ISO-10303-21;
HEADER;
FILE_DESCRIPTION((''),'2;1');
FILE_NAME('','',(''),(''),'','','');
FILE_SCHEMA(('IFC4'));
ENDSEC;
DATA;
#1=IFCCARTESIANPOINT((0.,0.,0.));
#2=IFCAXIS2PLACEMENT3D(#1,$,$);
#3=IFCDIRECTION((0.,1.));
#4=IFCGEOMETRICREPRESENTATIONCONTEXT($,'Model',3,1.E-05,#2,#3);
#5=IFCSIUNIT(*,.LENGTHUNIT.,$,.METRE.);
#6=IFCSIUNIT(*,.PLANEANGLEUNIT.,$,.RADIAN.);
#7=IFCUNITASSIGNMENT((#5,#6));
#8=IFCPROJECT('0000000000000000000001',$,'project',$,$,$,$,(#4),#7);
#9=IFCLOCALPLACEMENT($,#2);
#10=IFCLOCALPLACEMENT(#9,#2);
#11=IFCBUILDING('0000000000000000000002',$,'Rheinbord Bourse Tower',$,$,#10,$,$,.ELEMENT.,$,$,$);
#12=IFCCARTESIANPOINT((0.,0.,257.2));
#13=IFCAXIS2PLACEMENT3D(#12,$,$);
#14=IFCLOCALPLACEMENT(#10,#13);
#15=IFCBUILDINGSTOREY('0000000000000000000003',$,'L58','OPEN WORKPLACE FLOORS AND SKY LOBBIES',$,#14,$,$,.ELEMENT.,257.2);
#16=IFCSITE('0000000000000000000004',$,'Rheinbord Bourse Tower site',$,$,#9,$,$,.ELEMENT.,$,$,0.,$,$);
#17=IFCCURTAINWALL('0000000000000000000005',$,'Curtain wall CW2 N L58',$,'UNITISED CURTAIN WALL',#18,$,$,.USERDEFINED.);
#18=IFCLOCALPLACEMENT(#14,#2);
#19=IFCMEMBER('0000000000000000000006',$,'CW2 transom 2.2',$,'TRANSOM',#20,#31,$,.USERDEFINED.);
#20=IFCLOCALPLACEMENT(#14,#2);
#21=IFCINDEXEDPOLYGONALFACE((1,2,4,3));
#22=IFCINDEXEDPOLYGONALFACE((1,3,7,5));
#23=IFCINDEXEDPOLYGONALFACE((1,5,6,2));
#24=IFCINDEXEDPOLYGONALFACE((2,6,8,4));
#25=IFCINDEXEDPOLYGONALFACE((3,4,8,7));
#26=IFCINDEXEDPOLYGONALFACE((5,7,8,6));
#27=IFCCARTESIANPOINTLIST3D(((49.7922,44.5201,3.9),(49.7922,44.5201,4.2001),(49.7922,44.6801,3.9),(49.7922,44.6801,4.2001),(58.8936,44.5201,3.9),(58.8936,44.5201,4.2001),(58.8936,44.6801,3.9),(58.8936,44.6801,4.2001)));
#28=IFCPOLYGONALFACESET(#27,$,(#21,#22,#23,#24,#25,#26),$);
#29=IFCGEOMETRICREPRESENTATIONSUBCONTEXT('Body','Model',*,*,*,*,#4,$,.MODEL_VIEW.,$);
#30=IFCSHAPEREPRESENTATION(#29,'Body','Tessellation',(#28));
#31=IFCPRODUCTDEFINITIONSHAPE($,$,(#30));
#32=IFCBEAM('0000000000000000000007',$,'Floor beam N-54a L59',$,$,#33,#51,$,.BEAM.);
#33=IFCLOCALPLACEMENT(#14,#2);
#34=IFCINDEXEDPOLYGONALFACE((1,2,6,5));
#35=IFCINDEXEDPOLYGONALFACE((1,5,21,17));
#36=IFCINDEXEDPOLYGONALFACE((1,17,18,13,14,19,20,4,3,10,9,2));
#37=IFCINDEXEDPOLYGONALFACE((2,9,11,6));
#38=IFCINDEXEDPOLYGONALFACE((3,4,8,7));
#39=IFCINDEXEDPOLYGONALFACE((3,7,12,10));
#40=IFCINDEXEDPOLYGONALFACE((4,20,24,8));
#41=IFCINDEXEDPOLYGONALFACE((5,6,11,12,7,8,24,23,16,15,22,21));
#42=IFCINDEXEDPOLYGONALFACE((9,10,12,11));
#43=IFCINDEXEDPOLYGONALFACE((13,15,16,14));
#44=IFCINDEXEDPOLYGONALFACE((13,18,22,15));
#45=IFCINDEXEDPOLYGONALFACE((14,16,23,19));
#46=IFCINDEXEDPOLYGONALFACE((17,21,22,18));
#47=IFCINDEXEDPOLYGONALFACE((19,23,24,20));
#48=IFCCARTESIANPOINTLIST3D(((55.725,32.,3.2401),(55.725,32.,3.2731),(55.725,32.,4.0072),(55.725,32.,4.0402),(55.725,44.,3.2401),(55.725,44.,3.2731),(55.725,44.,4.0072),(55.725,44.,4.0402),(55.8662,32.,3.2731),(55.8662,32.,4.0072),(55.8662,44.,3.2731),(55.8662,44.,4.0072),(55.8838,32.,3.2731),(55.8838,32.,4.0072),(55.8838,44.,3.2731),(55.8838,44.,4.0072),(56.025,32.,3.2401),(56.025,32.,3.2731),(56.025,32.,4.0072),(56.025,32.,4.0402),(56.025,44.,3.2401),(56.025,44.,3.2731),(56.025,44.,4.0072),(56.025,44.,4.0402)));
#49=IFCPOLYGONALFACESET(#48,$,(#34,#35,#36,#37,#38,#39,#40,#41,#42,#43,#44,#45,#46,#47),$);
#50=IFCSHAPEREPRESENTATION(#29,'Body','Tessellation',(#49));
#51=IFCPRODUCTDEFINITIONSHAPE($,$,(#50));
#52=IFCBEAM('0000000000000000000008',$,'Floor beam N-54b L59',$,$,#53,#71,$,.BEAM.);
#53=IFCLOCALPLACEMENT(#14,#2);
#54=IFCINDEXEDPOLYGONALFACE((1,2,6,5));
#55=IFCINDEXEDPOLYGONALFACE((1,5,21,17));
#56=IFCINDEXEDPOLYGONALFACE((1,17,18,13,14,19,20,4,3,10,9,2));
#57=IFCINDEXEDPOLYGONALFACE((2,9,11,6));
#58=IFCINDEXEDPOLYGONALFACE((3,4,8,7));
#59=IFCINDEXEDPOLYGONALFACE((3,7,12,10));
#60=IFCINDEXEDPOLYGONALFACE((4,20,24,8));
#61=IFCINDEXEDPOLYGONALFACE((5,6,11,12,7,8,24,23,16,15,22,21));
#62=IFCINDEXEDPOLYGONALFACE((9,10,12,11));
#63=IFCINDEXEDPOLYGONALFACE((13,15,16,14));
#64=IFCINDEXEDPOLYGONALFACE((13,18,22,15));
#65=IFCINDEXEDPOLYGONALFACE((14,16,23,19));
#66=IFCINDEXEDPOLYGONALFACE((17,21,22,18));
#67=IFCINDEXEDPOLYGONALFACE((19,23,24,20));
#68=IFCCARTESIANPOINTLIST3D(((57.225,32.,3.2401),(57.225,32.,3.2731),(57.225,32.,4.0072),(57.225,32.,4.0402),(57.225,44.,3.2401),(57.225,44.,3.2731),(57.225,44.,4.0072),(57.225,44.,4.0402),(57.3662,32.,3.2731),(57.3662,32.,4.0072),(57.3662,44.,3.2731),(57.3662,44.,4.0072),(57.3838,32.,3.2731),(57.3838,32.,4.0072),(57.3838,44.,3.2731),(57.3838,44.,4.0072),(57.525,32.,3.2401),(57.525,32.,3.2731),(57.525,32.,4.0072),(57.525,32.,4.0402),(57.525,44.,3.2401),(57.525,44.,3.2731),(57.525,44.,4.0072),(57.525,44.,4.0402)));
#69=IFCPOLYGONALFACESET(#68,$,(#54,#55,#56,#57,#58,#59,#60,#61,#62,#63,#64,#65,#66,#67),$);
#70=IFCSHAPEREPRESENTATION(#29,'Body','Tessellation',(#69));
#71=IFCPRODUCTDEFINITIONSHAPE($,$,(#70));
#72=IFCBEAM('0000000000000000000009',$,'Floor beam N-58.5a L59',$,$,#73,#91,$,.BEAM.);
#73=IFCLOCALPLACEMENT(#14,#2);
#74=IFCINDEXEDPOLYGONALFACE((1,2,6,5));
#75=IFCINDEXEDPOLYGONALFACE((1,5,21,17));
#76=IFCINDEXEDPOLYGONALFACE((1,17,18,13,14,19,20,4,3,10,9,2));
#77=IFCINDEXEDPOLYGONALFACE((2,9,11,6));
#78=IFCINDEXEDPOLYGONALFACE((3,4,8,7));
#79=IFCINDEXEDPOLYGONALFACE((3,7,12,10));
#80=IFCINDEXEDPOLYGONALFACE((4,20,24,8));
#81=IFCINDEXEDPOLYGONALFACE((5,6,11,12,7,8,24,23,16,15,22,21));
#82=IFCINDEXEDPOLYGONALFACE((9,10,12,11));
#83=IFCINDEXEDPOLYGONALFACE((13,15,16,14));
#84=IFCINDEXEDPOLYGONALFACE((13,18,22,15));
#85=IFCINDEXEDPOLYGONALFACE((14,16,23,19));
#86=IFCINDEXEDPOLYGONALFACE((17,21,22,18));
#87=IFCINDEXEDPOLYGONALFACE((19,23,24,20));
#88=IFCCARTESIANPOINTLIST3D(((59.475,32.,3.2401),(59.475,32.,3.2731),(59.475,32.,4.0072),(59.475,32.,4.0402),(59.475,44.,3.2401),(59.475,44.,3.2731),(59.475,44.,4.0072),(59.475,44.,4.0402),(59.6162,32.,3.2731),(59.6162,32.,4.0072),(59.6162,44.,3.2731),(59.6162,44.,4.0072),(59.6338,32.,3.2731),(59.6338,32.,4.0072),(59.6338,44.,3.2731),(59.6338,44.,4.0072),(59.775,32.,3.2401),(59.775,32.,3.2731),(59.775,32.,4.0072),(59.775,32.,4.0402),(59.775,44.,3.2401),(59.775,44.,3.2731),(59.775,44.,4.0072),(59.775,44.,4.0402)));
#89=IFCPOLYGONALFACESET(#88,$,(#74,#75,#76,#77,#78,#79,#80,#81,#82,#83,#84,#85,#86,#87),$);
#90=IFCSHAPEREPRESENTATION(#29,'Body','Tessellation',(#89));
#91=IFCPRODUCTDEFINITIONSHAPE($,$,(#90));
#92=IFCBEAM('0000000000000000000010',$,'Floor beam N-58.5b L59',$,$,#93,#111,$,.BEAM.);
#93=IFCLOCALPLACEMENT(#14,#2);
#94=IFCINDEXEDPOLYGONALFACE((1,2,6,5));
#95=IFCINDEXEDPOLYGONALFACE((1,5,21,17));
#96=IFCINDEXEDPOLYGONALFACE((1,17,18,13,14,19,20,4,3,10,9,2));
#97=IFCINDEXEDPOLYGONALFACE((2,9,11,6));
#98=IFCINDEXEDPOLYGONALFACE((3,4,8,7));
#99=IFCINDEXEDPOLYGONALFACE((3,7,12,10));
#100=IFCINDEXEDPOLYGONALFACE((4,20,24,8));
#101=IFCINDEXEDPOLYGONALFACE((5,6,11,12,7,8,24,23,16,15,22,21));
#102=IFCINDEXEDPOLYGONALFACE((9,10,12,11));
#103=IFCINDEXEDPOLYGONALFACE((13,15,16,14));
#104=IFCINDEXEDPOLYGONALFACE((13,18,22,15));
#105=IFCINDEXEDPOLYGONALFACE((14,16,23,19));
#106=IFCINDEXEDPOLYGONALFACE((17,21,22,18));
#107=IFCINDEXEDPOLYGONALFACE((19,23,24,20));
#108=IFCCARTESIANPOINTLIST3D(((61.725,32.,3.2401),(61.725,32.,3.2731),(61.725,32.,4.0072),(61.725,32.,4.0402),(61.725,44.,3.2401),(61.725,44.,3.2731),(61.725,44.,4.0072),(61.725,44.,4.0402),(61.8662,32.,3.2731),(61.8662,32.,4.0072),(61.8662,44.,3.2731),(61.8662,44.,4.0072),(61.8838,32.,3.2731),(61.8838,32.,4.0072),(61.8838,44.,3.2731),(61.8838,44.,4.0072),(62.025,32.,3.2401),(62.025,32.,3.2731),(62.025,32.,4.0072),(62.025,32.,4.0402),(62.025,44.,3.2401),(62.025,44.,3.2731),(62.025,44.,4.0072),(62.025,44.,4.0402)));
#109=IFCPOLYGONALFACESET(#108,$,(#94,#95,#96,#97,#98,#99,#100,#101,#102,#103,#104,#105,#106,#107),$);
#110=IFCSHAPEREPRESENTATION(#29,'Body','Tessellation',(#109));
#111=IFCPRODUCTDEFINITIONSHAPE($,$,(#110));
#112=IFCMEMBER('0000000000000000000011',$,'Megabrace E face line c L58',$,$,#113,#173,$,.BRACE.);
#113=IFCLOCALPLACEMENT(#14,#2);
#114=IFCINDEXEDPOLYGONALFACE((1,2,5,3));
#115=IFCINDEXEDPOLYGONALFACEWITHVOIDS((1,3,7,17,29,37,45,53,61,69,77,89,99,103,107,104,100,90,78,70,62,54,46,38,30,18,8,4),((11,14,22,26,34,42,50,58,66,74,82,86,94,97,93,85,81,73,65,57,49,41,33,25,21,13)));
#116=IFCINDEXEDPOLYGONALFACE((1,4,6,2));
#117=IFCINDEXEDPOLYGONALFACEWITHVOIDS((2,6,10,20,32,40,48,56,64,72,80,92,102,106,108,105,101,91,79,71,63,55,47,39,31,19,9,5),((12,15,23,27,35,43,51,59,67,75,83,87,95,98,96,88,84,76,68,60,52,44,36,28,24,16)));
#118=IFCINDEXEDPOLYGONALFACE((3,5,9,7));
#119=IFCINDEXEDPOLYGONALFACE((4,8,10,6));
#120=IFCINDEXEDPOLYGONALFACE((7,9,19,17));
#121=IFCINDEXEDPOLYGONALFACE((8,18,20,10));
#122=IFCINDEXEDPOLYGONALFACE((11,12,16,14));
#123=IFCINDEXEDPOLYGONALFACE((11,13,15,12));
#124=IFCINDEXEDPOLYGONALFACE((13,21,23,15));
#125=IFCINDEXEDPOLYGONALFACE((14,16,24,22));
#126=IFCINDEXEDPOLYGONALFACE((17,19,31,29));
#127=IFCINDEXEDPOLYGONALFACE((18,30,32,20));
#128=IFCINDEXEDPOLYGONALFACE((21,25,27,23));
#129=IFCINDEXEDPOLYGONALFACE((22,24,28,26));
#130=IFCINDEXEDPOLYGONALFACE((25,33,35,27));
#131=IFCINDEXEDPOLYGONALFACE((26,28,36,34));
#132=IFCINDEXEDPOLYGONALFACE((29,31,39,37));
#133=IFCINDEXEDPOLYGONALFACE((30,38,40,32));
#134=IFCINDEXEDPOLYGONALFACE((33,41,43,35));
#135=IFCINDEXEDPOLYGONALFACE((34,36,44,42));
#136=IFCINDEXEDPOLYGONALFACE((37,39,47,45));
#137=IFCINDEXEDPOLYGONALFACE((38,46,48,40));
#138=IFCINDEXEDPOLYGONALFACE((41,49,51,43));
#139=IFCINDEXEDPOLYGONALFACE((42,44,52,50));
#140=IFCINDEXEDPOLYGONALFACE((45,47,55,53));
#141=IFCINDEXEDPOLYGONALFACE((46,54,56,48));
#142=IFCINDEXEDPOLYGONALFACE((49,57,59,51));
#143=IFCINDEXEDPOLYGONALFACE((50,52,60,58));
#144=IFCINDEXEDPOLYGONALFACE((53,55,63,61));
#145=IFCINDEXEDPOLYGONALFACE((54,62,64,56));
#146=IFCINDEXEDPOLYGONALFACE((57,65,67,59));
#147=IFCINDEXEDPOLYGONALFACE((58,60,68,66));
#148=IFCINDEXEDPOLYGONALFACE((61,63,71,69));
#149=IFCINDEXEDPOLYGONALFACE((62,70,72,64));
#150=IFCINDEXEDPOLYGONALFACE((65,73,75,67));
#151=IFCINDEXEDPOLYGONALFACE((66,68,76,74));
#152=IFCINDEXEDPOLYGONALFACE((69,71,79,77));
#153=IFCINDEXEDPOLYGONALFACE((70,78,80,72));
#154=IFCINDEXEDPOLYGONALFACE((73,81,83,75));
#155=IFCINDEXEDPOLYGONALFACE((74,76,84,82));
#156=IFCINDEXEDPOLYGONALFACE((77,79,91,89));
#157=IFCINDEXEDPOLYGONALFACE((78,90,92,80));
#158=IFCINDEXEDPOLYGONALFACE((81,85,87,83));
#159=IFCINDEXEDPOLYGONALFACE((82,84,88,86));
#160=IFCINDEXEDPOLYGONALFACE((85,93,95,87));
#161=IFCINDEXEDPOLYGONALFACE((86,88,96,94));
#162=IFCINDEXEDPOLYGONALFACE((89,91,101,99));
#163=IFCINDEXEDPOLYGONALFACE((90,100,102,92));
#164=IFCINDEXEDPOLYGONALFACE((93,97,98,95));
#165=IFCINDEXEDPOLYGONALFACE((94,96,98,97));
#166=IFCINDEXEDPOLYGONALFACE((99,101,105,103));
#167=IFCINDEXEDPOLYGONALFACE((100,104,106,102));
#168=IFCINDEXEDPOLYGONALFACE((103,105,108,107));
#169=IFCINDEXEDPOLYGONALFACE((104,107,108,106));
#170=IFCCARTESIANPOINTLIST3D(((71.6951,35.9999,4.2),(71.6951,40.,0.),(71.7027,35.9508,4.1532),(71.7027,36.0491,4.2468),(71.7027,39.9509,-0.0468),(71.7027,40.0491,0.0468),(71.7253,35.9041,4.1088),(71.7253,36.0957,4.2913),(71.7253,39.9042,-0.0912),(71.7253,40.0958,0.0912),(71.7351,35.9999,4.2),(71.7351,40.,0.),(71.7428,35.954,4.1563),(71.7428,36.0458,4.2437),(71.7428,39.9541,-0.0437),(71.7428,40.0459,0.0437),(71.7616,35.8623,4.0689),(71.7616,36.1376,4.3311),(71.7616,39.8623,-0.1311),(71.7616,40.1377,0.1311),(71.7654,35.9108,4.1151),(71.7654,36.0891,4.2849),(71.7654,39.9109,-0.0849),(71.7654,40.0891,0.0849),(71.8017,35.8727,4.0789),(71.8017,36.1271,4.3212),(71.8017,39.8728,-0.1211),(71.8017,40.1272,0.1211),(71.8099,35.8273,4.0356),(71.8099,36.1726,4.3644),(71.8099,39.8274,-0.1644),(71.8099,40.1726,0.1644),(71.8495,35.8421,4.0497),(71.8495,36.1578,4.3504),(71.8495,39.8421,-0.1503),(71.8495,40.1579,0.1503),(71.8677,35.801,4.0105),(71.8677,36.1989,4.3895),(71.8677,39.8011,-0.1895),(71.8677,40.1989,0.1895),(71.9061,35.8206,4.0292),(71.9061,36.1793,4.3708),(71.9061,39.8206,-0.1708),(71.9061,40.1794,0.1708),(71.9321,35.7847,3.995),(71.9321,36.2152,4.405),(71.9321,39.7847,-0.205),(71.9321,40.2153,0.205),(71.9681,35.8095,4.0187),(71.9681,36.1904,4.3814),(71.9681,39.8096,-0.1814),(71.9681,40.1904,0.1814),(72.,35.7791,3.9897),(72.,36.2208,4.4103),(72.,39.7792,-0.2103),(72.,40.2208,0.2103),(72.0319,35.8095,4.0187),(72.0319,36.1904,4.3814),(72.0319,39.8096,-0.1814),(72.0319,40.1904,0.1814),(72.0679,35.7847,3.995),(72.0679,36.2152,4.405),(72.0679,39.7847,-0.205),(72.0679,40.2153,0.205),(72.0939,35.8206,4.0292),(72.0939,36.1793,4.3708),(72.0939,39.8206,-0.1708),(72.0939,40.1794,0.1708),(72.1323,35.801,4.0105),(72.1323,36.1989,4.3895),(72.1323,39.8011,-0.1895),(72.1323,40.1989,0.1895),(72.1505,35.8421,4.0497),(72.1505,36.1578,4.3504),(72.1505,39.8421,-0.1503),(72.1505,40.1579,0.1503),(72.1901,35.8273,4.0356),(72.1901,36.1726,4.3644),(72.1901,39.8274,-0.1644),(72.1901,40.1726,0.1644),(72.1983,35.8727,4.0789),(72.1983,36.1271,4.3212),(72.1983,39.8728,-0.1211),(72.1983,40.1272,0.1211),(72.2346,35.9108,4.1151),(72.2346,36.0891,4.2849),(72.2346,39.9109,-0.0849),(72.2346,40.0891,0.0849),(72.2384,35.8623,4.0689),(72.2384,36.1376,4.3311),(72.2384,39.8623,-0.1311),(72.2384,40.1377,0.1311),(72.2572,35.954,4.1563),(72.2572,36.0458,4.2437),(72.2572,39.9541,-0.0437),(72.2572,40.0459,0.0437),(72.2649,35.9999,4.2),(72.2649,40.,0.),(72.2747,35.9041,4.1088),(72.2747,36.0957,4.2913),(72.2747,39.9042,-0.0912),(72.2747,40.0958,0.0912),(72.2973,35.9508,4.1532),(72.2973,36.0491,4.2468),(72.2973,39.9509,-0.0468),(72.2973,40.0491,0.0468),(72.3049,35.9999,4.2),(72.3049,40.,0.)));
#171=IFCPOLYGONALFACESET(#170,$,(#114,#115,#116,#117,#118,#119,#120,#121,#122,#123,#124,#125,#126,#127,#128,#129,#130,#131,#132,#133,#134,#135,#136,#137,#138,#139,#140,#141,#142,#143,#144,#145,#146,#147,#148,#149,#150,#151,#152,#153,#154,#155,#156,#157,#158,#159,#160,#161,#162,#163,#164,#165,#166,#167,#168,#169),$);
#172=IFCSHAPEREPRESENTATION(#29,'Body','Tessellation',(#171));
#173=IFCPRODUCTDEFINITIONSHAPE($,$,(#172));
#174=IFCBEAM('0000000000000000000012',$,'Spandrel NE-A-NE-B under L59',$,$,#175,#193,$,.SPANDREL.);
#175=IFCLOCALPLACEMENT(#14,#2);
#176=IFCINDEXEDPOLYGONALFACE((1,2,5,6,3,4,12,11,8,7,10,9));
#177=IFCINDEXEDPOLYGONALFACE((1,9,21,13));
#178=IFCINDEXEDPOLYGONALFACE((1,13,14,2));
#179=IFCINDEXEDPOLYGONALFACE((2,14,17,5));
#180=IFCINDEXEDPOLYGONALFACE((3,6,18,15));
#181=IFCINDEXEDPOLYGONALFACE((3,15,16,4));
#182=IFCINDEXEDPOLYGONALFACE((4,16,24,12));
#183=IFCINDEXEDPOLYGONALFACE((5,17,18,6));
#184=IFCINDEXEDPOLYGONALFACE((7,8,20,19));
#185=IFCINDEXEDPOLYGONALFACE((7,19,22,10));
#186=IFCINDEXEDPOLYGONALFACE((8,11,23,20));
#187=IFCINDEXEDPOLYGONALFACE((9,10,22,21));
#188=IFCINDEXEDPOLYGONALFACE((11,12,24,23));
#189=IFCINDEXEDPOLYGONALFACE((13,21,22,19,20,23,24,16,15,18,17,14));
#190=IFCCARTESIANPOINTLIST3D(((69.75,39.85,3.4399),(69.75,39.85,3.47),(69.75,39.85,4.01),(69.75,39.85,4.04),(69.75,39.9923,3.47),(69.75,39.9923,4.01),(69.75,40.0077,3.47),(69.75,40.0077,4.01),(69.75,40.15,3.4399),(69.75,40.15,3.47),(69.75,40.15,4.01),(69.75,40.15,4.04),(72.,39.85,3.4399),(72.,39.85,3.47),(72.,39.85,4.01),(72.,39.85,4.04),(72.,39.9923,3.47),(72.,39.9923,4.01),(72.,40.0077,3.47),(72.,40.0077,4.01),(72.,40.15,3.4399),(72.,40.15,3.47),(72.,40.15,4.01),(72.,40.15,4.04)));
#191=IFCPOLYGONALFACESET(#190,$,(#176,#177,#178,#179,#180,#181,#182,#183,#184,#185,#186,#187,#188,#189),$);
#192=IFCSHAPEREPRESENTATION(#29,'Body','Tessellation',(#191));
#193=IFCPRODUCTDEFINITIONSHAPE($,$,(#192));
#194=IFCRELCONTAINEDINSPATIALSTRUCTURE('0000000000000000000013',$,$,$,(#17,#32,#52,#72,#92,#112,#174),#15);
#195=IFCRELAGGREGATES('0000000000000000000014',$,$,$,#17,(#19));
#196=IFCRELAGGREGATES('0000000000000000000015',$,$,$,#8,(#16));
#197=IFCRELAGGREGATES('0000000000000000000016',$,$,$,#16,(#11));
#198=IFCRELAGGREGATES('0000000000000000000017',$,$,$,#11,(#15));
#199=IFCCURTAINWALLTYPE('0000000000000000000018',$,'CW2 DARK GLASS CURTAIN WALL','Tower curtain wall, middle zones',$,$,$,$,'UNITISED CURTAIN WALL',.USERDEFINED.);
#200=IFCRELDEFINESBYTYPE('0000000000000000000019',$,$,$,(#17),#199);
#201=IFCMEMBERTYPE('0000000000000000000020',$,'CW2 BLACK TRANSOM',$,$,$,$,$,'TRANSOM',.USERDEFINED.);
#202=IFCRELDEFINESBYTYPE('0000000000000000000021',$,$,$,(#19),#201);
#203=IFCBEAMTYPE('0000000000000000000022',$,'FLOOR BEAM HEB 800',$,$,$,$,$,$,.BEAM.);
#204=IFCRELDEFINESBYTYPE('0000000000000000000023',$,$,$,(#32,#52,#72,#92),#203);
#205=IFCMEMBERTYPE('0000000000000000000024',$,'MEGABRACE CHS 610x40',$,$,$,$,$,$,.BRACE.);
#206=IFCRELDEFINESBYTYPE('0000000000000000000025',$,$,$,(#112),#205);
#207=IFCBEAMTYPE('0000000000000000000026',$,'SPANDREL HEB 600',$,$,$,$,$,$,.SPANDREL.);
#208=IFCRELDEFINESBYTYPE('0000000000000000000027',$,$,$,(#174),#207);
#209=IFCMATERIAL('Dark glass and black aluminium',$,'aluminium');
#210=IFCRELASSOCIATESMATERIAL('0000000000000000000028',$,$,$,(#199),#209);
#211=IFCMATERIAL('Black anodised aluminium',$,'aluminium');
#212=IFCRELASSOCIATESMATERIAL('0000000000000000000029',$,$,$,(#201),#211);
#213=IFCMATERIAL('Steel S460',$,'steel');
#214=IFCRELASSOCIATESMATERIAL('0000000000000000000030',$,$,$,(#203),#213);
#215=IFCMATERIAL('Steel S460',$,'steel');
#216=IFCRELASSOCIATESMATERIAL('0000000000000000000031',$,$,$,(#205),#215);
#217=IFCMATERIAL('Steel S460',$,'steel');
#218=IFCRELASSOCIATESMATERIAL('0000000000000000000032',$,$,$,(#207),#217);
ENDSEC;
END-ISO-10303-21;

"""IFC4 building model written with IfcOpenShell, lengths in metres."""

from ifc_helpers import new_model, si_unit, direction, frame, origin, origin_2d, place, context, subcontext, project, spatial, rectangle, hollow_circle, i_section, extrude, material, material_profile, profile_set, type_object, element, aggregate, save


model = new_model("IFC4")

# Units and contexts
model_context = context("Model", 3, precision=1e-05, world=origin(), true_north=direction((0.0, 1.0)))
body_context = subcontext(model_context, "Body", "Model", "MODEL_VIEW")
ifc_project = project(units=[si_unit("LENGTHUNIT", "METRE"), si_unit("PLANEANGLEUNIT", "RADIAN")], contexts=[model_context])

# Site, building, storey
site_placement = place(None, origin())
site = spatial("IfcSite", under=ifc_project, at=site_placement, Name="Rheinbord Bourse Tower site", CompositionType="ELEMENT", RefElevation=0.0)
building_placement = place(site_placement, origin())
building = spatial("IfcBuilding", under=site, at=building_placement, Name="Rheinbord Bourse Tower", CompositionType="ELEMENT")
storey_placement = place(building_placement, frame((0.0, 0.0, 257.2)))
storey = spatial("IfcBuildingStorey", under=building, at=storey_placement, Name="L58", Description="OPEN WORKPLACE FLOORS AND SKY LOBBIES", CompositionType="ELEMENT", Elevation=257.2)

# Curtain wall
ifc_material_1 = material(Name="Dark glass and black aluminium", Category="aluminium")
curtain_wall_type = type_object("IfcCurtainWallType", Name="CW2 DARK GLASS CURTAIN WALL", Description="Tower curtain wall, middle zones", ElementType="UNITISED CURTAIN WALL", PredefinedType="USERDEFINED", material=ifc_material_1)
curtain_wall_1_placement = place(storey_placement, origin())
curtain_wall_1 = element("IfcCurtainWall", 1, at=curtain_wall_1_placement, inside=storey, type_object=curtain_wall_type, Name="Curtain wall CW2 N L58", ObjectType="UNITISED CURTAIN WALL", PredefinedType="USERDEFINED")

# Member
ifc_material_2 = material(Name="Black anodised aluminium", Category="aluminium")
ifc_material_profile_1 = material_profile(ifc_material_2, rectangle(XDim=0.1599, YDim=0.3, at=origin_2d()), Name="CW2 TRANSOM 300x160")
ifc_profile_set_1 = profile_set([ifc_material_profile_1], Name="Black anodised aluminium")
member_type_1 = type_object("IfcMemberType", Name="CW2 BLACK TRANSOM", ElementType="TRANSOM", PredefinedType="USERDEFINED", material=ifc_profile_set_1)
member_1_placement = place(storey_placement, frame((58.8936, 44.6001, 4.05), z_axis=(-1.0, 0.0, 0.0), x_axis=(0.0, -1.0, 0.0)))
member_1 = element("IfcMember", 2, at=member_1_placement, type_object=member_type_1, Name="CW2 transom 2.2", ObjectType="TRANSOM", PredefinedType="USERDEFINED", context=body_context, shape_type="SweptSolid", body=[
    extrude(rectangle(XDim=0.1599, YDim=0.3, at=origin_2d()), origin(), (0.0, 0.0, 1.0), 9.1013),
])

# Beams
ifc_material_3 = material(Name="Steel S460", Category="steel")
ifc_material_profile_2 = material_profile(ifc_material_3, i_section(OverallWidth=0.3, OverallDepth=0.8, WebThickness=0.0176, FlangeThickness=0.033, at=origin_2d()), Name="HEB 800")
ifc_profile_set_2 = profile_set([ifc_material_profile_2], Name="Steel S460")
beam_type_1 = type_object("IfcBeamType", Name="FLOOR BEAM HEB 800", PredefinedType="BEAM", material=ifc_profile_set_2)
for number, where, z_axis, x_axis, name in (
    (3, (55.875, 44.0, 3.6401), (0.0, -1.0, 0.0), (1.0, 0.0, 0.0), "Floor beam N-54a L59"),
    (4, (57.375, 44.0, 3.6401), (0.0, -1.0, 0.0), (1.0, 0.0, 0.0), "Floor beam N-54b L59"),
    (5, (59.625, 44.0, 3.6401), (0.0, -1.0, 0.0), (1.0, 0.0, 0.0), "Floor beam N-58.5a L59"),
    (6, (61.875, 44.0, 3.6401), (0.0, -1.0, 0.0), (1.0, 0.0, 0.0), "Floor beam N-58.5b L59"),
):
    element("IfcBeam", number, at=place(storey_placement, frame(where, z_axis=z_axis, x_axis=x_axis)), inside=storey, type_object=beam_type_1, Name=name, PredefinedType="BEAM", context=body_context, shape_type="SweptSolid", body=[
        extrude(i_section(OverallWidth=0.3, OverallDepth=0.8, WebThickness=0.0176, FlangeThickness=0.033, at=origin_2d()), origin(), (0.0, 0.0, 1.0), 12.0),
    ])

# Member
ifc_material_4 = material(Name="Steel S460", Category="steel")
ifc_material_profile_3 = material_profile(ifc_material_4, hollow_circle(Radius=0.3049, WallThickness=0.04, at=origin_2d()), Name="CHS 610x40")
ifc_profile_set_3 = profile_set([ifc_material_profile_3], Name="Steel S460")
member_type_2 = type_object("IfcMemberType", Name="MEGABRACE CHS 610x40", PredefinedType="BRACE", material=ifc_profile_set_3)
member_2_placement = place(storey_placement, frame((72.0, 40.0, 0.0), z_axis=(0.0, -0.689659, 0.724134), x_axis=(1.0, 0.0, 0.0)))
element("IfcMember", 7, at=member_2_placement, inside=storey, type_object=member_type_2, Name="Megabrace E face line c L58", PredefinedType="BRACE", context=body_context, shape_type="SweptSolid", body=[
    extrude(hollow_circle(Radius=0.3049, WallThickness=0.04, at=origin_2d()), origin(), (0.0, 0.0, 1.0), 5.8),
])

# Beam
ifc_material_5 = material(Name="Steel S460", Category="steel")
ifc_material_profile_4 = material_profile(ifc_material_5, i_section(OverallWidth=0.3, OverallDepth=0.6001, WebThickness=0.0154, FlangeThickness=0.03, at=origin_2d()), Name="HEB 600")
ifc_profile_set_4 = profile_set([ifc_material_profile_4], Name="Steel S460")
beam_type_2 = type_object("IfcBeamType", Name="SPANDREL HEB 600", PredefinedType="SPANDREL", material=ifc_profile_set_4)
for number, where, z_axis, x_axis, name in (
    (8, (72.0, 40.0, 3.74), (-1.0, 0.0, 0.0), (0.0, -1.0, 0.0), "Spandrel NE-A-NE-B under L59"),
):
    element("IfcBeam", number, at=place(storey_placement, frame(where, z_axis=z_axis, x_axis=x_axis)), inside=storey, type_object=beam_type_2, Name=name, PredefinedType="SPANDREL", context=body_context, shape_type="SweptSolid", body=[
        extrude(i_section(OverallWidth=0.3, OverallDepth=0.6001, WebThickness=0.0154, FlangeThickness=0.03, at=origin_2d()), origin(), (0.0, 0.0, 1.0), 2.25),
    ])

aggregate(curtain_wall_1, [member_1])

save(model, "model.ifc")
